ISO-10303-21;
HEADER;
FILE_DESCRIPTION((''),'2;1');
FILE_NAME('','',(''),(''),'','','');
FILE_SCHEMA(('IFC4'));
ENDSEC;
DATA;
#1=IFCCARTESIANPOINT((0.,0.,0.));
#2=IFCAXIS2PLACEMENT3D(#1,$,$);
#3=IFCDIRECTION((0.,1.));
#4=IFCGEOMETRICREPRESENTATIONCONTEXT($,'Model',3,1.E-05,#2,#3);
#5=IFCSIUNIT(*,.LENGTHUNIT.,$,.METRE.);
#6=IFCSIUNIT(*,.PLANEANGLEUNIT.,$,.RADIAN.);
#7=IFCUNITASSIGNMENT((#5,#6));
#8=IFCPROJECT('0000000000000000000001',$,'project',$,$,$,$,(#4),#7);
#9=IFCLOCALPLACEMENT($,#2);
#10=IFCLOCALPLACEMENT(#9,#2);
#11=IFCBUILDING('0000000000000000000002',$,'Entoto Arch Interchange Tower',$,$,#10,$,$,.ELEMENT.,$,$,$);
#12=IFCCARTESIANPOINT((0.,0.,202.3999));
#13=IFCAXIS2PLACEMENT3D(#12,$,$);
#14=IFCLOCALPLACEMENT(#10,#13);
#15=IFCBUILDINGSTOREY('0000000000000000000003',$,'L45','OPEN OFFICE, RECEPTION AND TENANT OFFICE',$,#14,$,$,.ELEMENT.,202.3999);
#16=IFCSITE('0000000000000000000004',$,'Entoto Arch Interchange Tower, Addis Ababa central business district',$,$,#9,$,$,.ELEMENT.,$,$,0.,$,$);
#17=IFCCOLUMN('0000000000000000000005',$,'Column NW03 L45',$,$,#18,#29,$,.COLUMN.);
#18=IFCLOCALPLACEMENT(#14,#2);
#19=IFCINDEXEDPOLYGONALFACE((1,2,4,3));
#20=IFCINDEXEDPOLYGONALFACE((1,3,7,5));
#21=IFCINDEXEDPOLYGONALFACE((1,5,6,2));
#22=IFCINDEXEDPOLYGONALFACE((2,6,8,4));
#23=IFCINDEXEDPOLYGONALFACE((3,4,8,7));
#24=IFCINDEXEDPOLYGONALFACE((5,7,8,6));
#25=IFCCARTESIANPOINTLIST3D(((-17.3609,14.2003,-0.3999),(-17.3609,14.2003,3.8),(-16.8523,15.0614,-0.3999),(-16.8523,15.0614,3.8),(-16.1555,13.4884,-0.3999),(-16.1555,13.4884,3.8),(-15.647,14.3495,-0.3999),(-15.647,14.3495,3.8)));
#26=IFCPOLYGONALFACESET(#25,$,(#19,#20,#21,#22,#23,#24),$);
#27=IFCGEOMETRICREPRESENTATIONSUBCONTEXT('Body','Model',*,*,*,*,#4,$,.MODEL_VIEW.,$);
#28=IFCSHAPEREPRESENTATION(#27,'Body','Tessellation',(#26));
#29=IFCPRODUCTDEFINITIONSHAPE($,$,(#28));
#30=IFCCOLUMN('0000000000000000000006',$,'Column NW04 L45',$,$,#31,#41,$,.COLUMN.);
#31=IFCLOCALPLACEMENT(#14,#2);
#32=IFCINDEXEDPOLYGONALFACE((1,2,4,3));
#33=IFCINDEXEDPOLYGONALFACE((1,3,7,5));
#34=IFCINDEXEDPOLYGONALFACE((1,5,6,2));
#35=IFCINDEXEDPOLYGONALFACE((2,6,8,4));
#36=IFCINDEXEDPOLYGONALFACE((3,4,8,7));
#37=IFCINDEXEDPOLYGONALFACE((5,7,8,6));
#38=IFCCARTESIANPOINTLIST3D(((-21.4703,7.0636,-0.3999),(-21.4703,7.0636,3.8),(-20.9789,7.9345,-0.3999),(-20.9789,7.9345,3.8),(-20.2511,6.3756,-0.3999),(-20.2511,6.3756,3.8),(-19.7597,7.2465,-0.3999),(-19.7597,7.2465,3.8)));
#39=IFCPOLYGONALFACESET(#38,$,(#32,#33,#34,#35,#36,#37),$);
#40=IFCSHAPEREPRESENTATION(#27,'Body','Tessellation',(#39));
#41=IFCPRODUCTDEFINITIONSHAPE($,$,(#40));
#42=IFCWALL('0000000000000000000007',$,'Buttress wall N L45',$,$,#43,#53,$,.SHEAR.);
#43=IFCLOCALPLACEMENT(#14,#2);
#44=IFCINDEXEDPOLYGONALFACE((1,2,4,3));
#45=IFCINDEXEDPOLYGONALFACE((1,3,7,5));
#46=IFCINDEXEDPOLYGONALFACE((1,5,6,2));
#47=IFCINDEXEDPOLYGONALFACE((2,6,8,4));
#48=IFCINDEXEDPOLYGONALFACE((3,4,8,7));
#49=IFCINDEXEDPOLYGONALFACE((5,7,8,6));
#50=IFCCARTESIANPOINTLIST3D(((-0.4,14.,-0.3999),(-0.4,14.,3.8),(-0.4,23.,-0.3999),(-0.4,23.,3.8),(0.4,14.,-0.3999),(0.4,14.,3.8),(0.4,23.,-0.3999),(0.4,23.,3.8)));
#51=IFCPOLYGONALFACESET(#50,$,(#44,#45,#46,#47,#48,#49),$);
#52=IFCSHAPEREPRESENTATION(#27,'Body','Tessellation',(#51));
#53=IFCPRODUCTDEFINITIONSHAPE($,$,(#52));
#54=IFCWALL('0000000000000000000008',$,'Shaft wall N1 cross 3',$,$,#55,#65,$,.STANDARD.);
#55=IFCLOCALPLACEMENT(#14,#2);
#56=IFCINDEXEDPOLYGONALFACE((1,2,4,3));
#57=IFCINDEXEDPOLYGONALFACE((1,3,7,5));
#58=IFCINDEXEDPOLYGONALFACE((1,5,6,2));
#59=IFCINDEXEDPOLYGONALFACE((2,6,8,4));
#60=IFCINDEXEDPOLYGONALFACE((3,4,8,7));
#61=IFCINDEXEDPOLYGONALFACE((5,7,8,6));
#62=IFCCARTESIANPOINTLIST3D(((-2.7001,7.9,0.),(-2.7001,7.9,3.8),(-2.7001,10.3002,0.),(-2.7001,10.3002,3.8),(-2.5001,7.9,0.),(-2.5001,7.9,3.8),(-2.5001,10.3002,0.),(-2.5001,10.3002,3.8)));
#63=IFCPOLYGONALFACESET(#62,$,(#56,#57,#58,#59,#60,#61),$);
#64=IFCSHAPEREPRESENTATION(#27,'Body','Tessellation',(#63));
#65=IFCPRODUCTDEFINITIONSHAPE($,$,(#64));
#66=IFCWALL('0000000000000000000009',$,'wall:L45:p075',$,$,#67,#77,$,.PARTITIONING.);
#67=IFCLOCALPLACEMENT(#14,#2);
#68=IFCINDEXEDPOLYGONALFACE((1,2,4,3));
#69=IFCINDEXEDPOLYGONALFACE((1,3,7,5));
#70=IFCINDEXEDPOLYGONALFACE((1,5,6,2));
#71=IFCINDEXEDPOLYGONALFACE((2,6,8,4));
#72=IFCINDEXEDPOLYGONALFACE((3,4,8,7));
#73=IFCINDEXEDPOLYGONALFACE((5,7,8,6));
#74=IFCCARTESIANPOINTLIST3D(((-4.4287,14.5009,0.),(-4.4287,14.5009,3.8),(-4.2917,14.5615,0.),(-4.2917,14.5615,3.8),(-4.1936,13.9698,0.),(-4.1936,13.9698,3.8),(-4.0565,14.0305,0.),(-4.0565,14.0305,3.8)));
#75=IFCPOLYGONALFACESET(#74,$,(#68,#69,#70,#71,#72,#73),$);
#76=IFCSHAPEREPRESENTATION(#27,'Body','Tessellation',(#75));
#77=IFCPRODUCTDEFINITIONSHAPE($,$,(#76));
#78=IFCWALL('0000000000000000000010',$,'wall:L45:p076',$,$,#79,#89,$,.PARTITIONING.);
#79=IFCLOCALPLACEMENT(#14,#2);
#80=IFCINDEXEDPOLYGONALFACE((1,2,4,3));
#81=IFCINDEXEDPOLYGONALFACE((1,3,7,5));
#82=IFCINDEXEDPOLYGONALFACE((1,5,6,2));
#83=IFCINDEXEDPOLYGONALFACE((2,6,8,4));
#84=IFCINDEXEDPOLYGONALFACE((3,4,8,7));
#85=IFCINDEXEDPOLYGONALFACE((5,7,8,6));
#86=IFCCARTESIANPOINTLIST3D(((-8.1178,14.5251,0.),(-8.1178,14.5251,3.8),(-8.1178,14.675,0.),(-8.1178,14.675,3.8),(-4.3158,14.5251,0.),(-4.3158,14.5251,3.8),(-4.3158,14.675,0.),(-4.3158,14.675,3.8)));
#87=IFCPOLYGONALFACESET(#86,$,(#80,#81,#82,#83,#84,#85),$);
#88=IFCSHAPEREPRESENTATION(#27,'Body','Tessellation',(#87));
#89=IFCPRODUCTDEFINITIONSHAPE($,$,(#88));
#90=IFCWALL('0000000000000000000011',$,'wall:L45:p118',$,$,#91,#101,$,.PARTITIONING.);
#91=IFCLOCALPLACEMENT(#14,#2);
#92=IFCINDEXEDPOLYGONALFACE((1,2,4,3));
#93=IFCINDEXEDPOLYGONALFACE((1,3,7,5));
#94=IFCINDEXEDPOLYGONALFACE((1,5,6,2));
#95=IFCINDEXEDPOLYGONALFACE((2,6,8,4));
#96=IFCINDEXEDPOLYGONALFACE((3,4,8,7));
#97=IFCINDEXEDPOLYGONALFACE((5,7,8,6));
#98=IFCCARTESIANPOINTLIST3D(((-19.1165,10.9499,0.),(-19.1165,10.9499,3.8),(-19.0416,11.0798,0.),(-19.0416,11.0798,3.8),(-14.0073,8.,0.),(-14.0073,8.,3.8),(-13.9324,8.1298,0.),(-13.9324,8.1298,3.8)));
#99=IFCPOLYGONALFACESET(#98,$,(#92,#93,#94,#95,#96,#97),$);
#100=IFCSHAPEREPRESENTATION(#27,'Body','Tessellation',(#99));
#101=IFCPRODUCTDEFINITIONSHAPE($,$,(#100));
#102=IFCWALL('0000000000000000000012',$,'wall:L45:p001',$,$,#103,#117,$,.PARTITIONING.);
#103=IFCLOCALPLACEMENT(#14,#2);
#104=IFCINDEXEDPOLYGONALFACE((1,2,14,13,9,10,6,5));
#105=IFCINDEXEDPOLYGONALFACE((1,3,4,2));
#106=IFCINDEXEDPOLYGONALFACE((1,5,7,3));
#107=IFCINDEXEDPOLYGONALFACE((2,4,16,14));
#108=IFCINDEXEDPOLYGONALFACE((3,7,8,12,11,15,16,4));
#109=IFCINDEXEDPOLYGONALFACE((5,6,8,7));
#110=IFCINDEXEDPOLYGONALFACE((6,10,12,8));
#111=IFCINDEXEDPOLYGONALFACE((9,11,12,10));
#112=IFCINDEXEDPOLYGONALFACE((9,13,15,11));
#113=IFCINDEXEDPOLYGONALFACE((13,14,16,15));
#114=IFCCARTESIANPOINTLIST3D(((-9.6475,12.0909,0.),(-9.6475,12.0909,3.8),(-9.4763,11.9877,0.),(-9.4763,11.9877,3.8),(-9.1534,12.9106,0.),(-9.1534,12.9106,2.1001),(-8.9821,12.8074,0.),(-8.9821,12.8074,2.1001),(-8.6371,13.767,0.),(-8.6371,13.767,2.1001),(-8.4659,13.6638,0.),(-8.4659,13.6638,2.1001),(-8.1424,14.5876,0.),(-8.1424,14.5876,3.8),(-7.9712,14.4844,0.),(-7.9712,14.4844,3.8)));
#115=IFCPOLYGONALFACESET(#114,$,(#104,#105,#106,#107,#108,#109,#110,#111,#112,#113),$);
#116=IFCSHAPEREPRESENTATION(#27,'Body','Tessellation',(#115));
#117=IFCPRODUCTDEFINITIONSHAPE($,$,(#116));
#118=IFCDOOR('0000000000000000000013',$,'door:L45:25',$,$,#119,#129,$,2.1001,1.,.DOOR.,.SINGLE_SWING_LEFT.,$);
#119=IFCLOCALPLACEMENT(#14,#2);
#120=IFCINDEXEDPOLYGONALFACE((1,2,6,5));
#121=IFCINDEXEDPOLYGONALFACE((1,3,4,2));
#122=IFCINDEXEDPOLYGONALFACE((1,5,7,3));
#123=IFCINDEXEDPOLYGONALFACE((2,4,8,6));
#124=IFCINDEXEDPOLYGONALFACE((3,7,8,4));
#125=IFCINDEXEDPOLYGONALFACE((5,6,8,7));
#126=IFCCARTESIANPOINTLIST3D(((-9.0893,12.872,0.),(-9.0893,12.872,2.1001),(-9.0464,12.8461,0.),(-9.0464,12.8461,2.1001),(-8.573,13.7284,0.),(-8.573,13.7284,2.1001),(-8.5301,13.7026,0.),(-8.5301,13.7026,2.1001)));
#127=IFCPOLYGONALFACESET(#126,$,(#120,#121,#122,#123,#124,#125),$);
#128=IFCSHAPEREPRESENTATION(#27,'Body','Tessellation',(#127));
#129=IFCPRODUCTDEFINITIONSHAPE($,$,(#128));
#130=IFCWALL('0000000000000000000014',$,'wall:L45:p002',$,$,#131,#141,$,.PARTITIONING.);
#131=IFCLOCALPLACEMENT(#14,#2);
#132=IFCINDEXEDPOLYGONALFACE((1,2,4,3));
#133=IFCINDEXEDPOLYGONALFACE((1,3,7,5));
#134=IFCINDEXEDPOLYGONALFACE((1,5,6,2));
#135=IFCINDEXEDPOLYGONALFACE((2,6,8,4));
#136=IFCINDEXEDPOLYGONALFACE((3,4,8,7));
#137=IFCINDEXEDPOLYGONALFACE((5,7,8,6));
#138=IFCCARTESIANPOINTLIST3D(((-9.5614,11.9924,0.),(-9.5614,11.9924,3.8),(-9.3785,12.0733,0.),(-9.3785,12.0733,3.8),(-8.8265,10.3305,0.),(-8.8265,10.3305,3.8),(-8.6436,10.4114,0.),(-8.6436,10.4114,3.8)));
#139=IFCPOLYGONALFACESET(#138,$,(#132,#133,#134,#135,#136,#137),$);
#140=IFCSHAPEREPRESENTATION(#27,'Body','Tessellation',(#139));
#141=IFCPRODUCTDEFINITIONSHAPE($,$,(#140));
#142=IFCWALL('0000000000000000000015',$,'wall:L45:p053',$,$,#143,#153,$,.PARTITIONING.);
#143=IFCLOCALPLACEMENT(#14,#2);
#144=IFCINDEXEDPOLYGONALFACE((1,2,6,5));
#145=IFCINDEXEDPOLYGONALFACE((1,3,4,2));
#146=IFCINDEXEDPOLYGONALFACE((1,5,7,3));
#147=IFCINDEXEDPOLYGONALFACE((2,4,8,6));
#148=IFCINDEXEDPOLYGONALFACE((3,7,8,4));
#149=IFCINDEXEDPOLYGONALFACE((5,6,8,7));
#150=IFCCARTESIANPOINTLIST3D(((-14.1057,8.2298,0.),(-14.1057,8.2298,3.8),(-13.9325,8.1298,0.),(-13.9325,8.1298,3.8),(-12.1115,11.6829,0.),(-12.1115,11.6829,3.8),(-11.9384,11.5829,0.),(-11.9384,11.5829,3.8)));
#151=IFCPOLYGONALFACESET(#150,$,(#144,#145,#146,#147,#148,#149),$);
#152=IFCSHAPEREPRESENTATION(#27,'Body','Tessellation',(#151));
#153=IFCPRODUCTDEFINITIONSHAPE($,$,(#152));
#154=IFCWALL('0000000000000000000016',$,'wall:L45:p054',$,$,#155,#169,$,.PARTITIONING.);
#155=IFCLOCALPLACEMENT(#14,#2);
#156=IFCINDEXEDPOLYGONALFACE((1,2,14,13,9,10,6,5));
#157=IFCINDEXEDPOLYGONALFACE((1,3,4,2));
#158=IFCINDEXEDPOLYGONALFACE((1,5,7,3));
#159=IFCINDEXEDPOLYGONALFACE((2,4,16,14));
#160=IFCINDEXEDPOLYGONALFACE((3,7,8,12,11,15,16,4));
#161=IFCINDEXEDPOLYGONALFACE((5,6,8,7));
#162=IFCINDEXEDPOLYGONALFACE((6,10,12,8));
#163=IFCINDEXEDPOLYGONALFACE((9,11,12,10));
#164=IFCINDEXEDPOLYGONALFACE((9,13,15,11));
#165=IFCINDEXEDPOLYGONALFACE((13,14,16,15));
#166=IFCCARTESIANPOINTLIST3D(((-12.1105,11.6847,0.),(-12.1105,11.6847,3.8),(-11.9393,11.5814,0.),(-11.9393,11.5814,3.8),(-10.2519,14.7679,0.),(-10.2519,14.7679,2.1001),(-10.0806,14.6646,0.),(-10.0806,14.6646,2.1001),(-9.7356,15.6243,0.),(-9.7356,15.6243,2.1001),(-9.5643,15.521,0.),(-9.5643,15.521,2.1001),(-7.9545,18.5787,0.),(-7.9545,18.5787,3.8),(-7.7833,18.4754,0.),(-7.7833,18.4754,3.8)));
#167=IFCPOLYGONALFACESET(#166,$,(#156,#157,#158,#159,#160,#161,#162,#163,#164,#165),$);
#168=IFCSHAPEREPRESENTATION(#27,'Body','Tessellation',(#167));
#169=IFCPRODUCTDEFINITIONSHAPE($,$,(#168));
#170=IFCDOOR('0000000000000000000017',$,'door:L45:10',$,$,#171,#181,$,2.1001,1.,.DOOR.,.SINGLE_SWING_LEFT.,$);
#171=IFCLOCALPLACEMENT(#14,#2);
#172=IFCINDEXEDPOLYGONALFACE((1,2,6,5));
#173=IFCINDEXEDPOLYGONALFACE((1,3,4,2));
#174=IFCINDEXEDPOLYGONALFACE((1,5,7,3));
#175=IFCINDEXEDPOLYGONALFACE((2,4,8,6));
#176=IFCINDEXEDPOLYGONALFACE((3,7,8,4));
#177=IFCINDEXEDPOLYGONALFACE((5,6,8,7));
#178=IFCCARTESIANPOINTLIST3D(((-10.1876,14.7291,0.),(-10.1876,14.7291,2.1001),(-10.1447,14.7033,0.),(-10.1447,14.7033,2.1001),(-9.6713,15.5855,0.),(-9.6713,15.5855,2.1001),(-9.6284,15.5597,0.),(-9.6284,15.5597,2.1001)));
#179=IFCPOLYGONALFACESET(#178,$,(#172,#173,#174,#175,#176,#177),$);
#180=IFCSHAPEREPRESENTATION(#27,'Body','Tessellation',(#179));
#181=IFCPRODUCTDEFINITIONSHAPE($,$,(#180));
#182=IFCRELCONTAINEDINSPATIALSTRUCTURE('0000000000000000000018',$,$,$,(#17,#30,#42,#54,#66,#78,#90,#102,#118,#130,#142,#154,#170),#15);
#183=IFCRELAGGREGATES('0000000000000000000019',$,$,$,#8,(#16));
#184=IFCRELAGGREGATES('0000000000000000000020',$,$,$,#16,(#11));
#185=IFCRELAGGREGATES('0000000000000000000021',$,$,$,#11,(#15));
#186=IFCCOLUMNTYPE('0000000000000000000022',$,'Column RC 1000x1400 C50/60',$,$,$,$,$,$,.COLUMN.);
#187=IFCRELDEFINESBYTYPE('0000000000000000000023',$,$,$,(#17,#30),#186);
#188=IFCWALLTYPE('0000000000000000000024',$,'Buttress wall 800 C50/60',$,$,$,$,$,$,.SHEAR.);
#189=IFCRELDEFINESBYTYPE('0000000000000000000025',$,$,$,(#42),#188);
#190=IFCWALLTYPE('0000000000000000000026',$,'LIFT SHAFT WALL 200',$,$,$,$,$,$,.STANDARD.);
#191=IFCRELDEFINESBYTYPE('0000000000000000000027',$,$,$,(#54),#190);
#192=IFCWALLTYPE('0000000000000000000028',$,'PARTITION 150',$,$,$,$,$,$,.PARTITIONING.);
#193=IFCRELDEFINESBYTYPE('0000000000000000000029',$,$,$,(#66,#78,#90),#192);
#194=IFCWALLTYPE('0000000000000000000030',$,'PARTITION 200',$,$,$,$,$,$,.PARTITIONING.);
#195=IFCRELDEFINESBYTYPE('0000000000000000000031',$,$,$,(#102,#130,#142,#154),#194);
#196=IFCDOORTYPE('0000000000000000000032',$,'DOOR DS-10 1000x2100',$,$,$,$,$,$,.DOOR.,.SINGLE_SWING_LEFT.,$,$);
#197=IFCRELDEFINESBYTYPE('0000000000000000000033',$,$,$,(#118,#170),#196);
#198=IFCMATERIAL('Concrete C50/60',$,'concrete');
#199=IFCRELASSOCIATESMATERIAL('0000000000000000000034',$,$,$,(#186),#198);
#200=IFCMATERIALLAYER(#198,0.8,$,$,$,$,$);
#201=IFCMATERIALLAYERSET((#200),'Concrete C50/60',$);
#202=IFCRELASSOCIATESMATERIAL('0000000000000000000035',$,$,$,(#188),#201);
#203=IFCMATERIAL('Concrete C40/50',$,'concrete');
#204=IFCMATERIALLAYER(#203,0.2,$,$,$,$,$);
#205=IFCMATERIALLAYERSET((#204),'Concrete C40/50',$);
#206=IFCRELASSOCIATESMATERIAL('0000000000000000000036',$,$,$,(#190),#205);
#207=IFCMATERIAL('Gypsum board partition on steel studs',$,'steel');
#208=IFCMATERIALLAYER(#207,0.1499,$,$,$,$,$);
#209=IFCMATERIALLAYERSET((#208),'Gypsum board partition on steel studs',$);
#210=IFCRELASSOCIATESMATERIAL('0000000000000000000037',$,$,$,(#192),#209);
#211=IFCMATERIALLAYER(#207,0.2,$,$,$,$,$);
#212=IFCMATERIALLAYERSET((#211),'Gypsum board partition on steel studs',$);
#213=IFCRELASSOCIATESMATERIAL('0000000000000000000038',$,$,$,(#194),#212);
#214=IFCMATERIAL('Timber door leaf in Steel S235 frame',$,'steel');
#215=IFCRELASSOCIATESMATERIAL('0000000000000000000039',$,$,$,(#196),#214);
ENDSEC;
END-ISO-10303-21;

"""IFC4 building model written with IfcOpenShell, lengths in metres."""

from ifc_helpers import new_model, si_unit, direction, frame, frame_2d, origin, origin_2d, place, context, subcontext, project, spatial, rectangle, extrude, material, layer, layer_set, material_profile, profile_set, type_object, element, fill, save


model = new_model("IFC4")

# Units and contexts
model_context = context("Model", 3, precision=1e-05, world=origin(), true_north=direction((0.0, 1.0)))
body_context = subcontext(model_context, "Body", "Model", "MODEL_VIEW")
ifc_project = project(units=[si_unit("LENGTHUNIT", "METRE"), si_unit("PLANEANGLEUNIT", "RADIAN")], contexts=[model_context])

# Site, building, storey
site_placement = place(None, origin())
site = spatial("IfcSite", under=ifc_project, at=site_placement, Name="Entoto Arch Interchange Tower, Addis Ababa central business district", CompositionType="ELEMENT", RefElevation=0.0)
building_placement = place(site_placement, origin())
building = spatial("IfcBuilding", under=site, at=building_placement, Name="Entoto Arch Interchange Tower", CompositionType="ELEMENT")
storey_placement = place(building_placement, frame((0.0, 0.0, 202.3999)))
storey = spatial("IfcBuildingStorey", under=building, at=storey_placement, Name="L45", Description="OPEN OFFICE, RECEPTION AND TENANT OFFICE", CompositionType="ELEMENT", Elevation=202.3999)

# Columns
ifc_material_1 = material(Name="Concrete C50/60", Category="concrete")
ifc_material_profile = material_profile(ifc_material_1, rectangle(XDim=1.0, YDim=1.3999, at=origin_2d()))
ifc_profile_set = profile_set([ifc_material_profile], Name="Concrete C50/60")
column_type = type_object("IfcColumnType", Name="Column RC 1000x1400 C50/60", PredefinedType="COLUMN", material=ifc_profile_set)
for number, where, z_axis, x_axis, name in (
    (1, (-16.5039, 14.2749, -0.3999), (0.0, 0.0, 1.0), (0.508516, 0.861053, 0.0), "Column NW03 L45"),
    (2, (-20.615, 7.155, -0.3999), (0.0, 0.0, 1.0), (0.491436, 0.870914, 0.0), "Column NW04 L45"),
):
    element("IfcColumn", number, at=place(storey_placement, frame(where, z_axis=z_axis, x_axis=x_axis)), inside=storey, type_object=column_type, Name=name, PredefinedType="COLUMN", context=body_context, shape_type="SweptSolid", body=[
        extrude(rectangle(XDim=1.0, YDim=1.3999, at=origin_2d()), origin(), (0.0, 0.0, 1.0), 4.2),
    ])

# Walls
ifc_layer_1 = layer(ifc_material_1, 0.8)
ifc_layer_set_1 = layer_set([ifc_layer_1], Name="Concrete C50/60")
wall_type_1 = type_object("IfcWallType", Name="Buttress wall 800 C50/60", PredefinedType="SHEAR", material=ifc_layer_set_1)
wall_1_placement = place(storey_placement, frame((0.0, 14.0, -0.3999), z_axis=(0.0, 0.0, 1.0), x_axis=(0.0, 1.0, 0.0)))
element("IfcWall", 3, at=wall_1_placement, inside=storey, type_object=wall_type_1, Name="Buttress wall N L45", PredefinedType="SHEAR", context=body_context, shape_type="SweptSolid", body=[
    extrude(rectangle(XDim=9.0, YDim=0.8, at=frame_2d((4.5, 0.0))), origin(), (0.0, 0.0, 1.0), 4.2),
])
ifc_material_2 = material(Name="Concrete C40/50", Category="concrete")
ifc_layer_2 = layer(ifc_material_2, 0.2)
ifc_layer_set_2 = layer_set([ifc_layer_2], Name="Concrete C40/50")
wall_type_2 = type_object("IfcWallType", Name="LIFT SHAFT WALL 200", PredefinedType="STANDARD", material=ifc_layer_set_2)
wall_2_placement = place(storey_placement, frame((-2.6001, 7.8999, 0.0), z_axis=(0.0, 0.0, 1.0), x_axis=(0.0, 1.0, 0.0)))
element("IfcWall", 4, at=wall_2_placement, inside=storey, type_object=wall_type_2, Name="Shaft wall N1 cross 3", PredefinedType="STANDARD", context=body_context, shape_type="SweptSolid", body=[
    extrude(rectangle(XDim=2.4001, YDim=0.2, at=frame_2d((1.2002, 0.0))), origin(), (0.0, 0.0, 1.0), 3.8),
])
ifc_material_3 = material(Name="Gypsum board partition on steel studs", Category="steel")
ifc_layer_3 = layer(ifc_material_3, 0.1499)
ifc_layer_set_3 = layer_set([ifc_layer_3], Name="Gypsum board partition on steel studs")
wall_type_3 = type_object("IfcWallType", Name="PARTITION 150", PredefinedType="PARTITIONING", material=ifc_layer_set_3)
wall_3_placement = place(storey_placement, frame((-4.125, 14.0, 0.0), z_axis=(0.0, 0.0, 1.0), x_axis=(-0.404851, 0.914383, 0.0)))
element("IfcWall", 5, at=wall_3_placement, inside=storey, type_object=wall_type_3, Name="wall:L45:p075", PredefinedType="PARTITIONING", context=body_context, shape_type="SweptSolid", body=[
    extrude(rectangle(XDim=0.5808, YDim=0.1499, at=frame_2d((0.2905, 0.0))), origin(), (0.0, 0.0, 1.0), 3.8),
])
wall_4_placement = place(storey_placement, frame((-4.3159, 14.6001, 0.0), z_axis=(0.0, 0.0, 1.0), x_axis=(-1.0, 0.0, 0.0)))
element("IfcWall", 6, at=wall_4_placement, inside=storey, type_object=wall_type_3, Name="wall:L45:p076", PredefinedType="PARTITIONING", context=body_context, shape_type="SweptSolid", body=[
    extrude(rectangle(XDim=3.802, YDim=0.1499, at=frame_2d((1.9009, 0.0))), origin(), (0.0, 0.0, 1.0), 3.8),
])
wall_5_placement = place(storey_placement, frame((-13.97, 8.0649, 0.0), z_axis=(0.0, 0.0, 1.0), x_axis=(-0.866011, 0.500025, 0.0)))
element("IfcWall", 7, at=wall_5_placement, inside=storey, type_object=wall_type_3, Name="wall:L45:p118", PredefinedType="PARTITIONING", context=body_context, shape_type="SweptSolid", body=[
    extrude(rectangle(XDim=5.8997, YDim=0.1499, at=frame_2d((2.9497, 0.0))), origin(), (0.0, 0.0, 1.0), 3.8),
])

# Wall, opening, door
ifc_layer_4 = layer(ifc_material_3, 0.2)
ifc_layer_set_4 = layer_set([ifc_layer_4], Name="Gypsum board partition on steel studs")
wall_type_4 = type_object("IfcWallType", Name="PARTITION 200", PredefinedType="PARTITIONING", material=ifc_layer_set_4)
wall_6_placement = place(storey_placement, frame((-8.0569, 14.5359, 0.0), z_axis=(0.0, 0.0, 1.0), x_axis=(-0.516268, -0.856427, 0.0)))
wall_6 = element("IfcWall", 8, at=wall_6_placement, inside=storey, type_object=wall_type_4, Name="wall:L45:p001", PredefinedType="PARTITIONING", context=body_context, shape_type="SweptSolid", body=[
    extrude(rectangle(XDim=2.9153, YDim=0.2, at=frame_2d((1.4575, 0.0))), origin(), (0.0, 0.0, 1.0), 3.8),
])
opening_1_placement = place(wall_6_placement, frame((0.958, 0.0, 0.0)))
opening_1 = element("IfcOpeningElement", 9, at=opening_1_placement, cuts=wall_6, PredefinedType="OPENING", context=body_context, shape_type="SweptSolid", body=[
    extrude(rectangle(XDim=1.0, YDim=2.1001, at=frame_2d((0.5, 1.05))), frame((0.0, 0.1099, 0.0), z_axis=(0.0, -1.0, 0.0), x_axis=(1.0, 0.0, 0.0)), (0.0, 0.0, 1.0), 0.22),
])
ifc_material_4 = material(Name="Timber door leaf in Steel S235 frame", Category="steel")
door_type_1 = type_object("IfcDoorType", Name="DOOR DS-10 1000x2100", OperationType="SINGLE_SWING_LEFT", PredefinedType="DOOR", material=ifc_material_4)
door_1_placement = place(opening_1_placement, origin())
door_1 = element("IfcDoor", 10, at=door_1_placement, inside=storey, type_object=door_type_1, Name="door:L45:25", OperationType="SINGLE_SWING_LEFT", OverallHeight=2.1001, OverallWidth=1.0, PredefinedType="DOOR", context=body_context, shape_type="SweptSolid", body=[
    extrude(rectangle(XDim=1.0, YDim=2.1001, at=frame_2d((0.5, 1.05))), frame((0.0, 0.0249, 0.0), z_axis=(0.0, -1.0, 0.0), x_axis=(1.0, 0.0, 0.0)), (0.0, 0.0, 1.0), 0.05),
])
fill(opening_1, door_1)

# Walls
wall_7_placement = place(storey_placement, frame((-9.47, 12.033, 0.0), z_axis=(0.0, 0.0, 1.0), x_axis=(0.404417, -0.914575, 0.0)))
element("IfcWall", 11, at=wall_7_placement, inside=storey, type_object=wall_type_4, Name="wall:L45:p002", PredefinedType="PARTITIONING", context=body_context, shape_type="SweptSolid", body=[
    extrude(rectangle(XDim=1.8171, YDim=0.2, at=frame_2d((0.9087, 0.0))), origin(), (0.0, 0.0, 1.0), 3.8),
])
wall_8_placement = place(storey_placement, frame((-14.019, 8.1799, 0.0), z_axis=(0.0, 0.0, 1.0), x_axis=(0.50009, 0.865973, 0.0)))
element("IfcWall", 12, at=wall_8_placement, inside=storey, type_object=wall_type_4, Name="wall:L45:p053", PredefinedType="PARTITIONING", context=body_context, shape_type="SweptSolid", body=[
    extrude(rectangle(XDim=3.9875, YDim=0.2, at=frame_2d((1.9937, 0.0))), origin(), (0.0, 0.0, 1.0), 3.8),
])

# Wall, opening, door
wall_9_placement = place(storey_placement, frame((-12.0249, 11.6331, 0.0), z_axis=(0.0, 0.0, 1.0), x_axis=(0.516283, 0.856418, 0.0)))
wall_9 = element("IfcWall", 13, at=wall_9_placement, inside=storey, type_object=wall_type_4, Name="wall:L45:p054", PredefinedType="PARTITIONING", context=body_context, shape_type="SweptSolid", body=[
    extrude(rectangle(XDim=8.0498, YDim=0.2, at=frame_2d((4.0249, 0.0))), origin(), (0.0, 0.0, 1.0), 3.8),
])
opening_2_placement = place(wall_9_placement, frame((3.6001, 0.0, 0.0)))
opening_2 = element("IfcOpeningElement", 14, at=opening_2_placement, cuts=wall_9, PredefinedType="OPENING", context=body_context, shape_type="SweptSolid", body=[
    extrude(rectangle(XDim=1.0, YDim=2.1001, at=frame_2d((0.5, 1.05))), frame((0.0, 0.1099, 0.0), z_axis=(0.0, -1.0, 0.0), x_axis=(1.0, 0.0, 0.0)), (0.0, 0.0, 1.0), 0.22),
])
door_2_placement = place(opening_2_placement, origin())
door_2 = element("IfcDoor", 15, at=door_2_placement, inside=storey, type_object=door_type_1, Name="door:L45:10", OperationType="SINGLE_SWING_LEFT", OverallHeight=2.1001, OverallWidth=1.0, PredefinedType="DOOR", context=body_context, shape_type="SweptSolid", body=[
    extrude(rectangle(XDim=1.0, YDim=2.1001, at=frame_2d((0.5, 1.05))), frame((0.0, 0.0249, 0.0), z_axis=(0.0, -1.0, 0.0), x_axis=(1.0, 0.0, 0.0)), (0.0, 0.0, 1.0), 0.05),
])
fill(opening_2, door_2)

save(model, "model.ifc")
